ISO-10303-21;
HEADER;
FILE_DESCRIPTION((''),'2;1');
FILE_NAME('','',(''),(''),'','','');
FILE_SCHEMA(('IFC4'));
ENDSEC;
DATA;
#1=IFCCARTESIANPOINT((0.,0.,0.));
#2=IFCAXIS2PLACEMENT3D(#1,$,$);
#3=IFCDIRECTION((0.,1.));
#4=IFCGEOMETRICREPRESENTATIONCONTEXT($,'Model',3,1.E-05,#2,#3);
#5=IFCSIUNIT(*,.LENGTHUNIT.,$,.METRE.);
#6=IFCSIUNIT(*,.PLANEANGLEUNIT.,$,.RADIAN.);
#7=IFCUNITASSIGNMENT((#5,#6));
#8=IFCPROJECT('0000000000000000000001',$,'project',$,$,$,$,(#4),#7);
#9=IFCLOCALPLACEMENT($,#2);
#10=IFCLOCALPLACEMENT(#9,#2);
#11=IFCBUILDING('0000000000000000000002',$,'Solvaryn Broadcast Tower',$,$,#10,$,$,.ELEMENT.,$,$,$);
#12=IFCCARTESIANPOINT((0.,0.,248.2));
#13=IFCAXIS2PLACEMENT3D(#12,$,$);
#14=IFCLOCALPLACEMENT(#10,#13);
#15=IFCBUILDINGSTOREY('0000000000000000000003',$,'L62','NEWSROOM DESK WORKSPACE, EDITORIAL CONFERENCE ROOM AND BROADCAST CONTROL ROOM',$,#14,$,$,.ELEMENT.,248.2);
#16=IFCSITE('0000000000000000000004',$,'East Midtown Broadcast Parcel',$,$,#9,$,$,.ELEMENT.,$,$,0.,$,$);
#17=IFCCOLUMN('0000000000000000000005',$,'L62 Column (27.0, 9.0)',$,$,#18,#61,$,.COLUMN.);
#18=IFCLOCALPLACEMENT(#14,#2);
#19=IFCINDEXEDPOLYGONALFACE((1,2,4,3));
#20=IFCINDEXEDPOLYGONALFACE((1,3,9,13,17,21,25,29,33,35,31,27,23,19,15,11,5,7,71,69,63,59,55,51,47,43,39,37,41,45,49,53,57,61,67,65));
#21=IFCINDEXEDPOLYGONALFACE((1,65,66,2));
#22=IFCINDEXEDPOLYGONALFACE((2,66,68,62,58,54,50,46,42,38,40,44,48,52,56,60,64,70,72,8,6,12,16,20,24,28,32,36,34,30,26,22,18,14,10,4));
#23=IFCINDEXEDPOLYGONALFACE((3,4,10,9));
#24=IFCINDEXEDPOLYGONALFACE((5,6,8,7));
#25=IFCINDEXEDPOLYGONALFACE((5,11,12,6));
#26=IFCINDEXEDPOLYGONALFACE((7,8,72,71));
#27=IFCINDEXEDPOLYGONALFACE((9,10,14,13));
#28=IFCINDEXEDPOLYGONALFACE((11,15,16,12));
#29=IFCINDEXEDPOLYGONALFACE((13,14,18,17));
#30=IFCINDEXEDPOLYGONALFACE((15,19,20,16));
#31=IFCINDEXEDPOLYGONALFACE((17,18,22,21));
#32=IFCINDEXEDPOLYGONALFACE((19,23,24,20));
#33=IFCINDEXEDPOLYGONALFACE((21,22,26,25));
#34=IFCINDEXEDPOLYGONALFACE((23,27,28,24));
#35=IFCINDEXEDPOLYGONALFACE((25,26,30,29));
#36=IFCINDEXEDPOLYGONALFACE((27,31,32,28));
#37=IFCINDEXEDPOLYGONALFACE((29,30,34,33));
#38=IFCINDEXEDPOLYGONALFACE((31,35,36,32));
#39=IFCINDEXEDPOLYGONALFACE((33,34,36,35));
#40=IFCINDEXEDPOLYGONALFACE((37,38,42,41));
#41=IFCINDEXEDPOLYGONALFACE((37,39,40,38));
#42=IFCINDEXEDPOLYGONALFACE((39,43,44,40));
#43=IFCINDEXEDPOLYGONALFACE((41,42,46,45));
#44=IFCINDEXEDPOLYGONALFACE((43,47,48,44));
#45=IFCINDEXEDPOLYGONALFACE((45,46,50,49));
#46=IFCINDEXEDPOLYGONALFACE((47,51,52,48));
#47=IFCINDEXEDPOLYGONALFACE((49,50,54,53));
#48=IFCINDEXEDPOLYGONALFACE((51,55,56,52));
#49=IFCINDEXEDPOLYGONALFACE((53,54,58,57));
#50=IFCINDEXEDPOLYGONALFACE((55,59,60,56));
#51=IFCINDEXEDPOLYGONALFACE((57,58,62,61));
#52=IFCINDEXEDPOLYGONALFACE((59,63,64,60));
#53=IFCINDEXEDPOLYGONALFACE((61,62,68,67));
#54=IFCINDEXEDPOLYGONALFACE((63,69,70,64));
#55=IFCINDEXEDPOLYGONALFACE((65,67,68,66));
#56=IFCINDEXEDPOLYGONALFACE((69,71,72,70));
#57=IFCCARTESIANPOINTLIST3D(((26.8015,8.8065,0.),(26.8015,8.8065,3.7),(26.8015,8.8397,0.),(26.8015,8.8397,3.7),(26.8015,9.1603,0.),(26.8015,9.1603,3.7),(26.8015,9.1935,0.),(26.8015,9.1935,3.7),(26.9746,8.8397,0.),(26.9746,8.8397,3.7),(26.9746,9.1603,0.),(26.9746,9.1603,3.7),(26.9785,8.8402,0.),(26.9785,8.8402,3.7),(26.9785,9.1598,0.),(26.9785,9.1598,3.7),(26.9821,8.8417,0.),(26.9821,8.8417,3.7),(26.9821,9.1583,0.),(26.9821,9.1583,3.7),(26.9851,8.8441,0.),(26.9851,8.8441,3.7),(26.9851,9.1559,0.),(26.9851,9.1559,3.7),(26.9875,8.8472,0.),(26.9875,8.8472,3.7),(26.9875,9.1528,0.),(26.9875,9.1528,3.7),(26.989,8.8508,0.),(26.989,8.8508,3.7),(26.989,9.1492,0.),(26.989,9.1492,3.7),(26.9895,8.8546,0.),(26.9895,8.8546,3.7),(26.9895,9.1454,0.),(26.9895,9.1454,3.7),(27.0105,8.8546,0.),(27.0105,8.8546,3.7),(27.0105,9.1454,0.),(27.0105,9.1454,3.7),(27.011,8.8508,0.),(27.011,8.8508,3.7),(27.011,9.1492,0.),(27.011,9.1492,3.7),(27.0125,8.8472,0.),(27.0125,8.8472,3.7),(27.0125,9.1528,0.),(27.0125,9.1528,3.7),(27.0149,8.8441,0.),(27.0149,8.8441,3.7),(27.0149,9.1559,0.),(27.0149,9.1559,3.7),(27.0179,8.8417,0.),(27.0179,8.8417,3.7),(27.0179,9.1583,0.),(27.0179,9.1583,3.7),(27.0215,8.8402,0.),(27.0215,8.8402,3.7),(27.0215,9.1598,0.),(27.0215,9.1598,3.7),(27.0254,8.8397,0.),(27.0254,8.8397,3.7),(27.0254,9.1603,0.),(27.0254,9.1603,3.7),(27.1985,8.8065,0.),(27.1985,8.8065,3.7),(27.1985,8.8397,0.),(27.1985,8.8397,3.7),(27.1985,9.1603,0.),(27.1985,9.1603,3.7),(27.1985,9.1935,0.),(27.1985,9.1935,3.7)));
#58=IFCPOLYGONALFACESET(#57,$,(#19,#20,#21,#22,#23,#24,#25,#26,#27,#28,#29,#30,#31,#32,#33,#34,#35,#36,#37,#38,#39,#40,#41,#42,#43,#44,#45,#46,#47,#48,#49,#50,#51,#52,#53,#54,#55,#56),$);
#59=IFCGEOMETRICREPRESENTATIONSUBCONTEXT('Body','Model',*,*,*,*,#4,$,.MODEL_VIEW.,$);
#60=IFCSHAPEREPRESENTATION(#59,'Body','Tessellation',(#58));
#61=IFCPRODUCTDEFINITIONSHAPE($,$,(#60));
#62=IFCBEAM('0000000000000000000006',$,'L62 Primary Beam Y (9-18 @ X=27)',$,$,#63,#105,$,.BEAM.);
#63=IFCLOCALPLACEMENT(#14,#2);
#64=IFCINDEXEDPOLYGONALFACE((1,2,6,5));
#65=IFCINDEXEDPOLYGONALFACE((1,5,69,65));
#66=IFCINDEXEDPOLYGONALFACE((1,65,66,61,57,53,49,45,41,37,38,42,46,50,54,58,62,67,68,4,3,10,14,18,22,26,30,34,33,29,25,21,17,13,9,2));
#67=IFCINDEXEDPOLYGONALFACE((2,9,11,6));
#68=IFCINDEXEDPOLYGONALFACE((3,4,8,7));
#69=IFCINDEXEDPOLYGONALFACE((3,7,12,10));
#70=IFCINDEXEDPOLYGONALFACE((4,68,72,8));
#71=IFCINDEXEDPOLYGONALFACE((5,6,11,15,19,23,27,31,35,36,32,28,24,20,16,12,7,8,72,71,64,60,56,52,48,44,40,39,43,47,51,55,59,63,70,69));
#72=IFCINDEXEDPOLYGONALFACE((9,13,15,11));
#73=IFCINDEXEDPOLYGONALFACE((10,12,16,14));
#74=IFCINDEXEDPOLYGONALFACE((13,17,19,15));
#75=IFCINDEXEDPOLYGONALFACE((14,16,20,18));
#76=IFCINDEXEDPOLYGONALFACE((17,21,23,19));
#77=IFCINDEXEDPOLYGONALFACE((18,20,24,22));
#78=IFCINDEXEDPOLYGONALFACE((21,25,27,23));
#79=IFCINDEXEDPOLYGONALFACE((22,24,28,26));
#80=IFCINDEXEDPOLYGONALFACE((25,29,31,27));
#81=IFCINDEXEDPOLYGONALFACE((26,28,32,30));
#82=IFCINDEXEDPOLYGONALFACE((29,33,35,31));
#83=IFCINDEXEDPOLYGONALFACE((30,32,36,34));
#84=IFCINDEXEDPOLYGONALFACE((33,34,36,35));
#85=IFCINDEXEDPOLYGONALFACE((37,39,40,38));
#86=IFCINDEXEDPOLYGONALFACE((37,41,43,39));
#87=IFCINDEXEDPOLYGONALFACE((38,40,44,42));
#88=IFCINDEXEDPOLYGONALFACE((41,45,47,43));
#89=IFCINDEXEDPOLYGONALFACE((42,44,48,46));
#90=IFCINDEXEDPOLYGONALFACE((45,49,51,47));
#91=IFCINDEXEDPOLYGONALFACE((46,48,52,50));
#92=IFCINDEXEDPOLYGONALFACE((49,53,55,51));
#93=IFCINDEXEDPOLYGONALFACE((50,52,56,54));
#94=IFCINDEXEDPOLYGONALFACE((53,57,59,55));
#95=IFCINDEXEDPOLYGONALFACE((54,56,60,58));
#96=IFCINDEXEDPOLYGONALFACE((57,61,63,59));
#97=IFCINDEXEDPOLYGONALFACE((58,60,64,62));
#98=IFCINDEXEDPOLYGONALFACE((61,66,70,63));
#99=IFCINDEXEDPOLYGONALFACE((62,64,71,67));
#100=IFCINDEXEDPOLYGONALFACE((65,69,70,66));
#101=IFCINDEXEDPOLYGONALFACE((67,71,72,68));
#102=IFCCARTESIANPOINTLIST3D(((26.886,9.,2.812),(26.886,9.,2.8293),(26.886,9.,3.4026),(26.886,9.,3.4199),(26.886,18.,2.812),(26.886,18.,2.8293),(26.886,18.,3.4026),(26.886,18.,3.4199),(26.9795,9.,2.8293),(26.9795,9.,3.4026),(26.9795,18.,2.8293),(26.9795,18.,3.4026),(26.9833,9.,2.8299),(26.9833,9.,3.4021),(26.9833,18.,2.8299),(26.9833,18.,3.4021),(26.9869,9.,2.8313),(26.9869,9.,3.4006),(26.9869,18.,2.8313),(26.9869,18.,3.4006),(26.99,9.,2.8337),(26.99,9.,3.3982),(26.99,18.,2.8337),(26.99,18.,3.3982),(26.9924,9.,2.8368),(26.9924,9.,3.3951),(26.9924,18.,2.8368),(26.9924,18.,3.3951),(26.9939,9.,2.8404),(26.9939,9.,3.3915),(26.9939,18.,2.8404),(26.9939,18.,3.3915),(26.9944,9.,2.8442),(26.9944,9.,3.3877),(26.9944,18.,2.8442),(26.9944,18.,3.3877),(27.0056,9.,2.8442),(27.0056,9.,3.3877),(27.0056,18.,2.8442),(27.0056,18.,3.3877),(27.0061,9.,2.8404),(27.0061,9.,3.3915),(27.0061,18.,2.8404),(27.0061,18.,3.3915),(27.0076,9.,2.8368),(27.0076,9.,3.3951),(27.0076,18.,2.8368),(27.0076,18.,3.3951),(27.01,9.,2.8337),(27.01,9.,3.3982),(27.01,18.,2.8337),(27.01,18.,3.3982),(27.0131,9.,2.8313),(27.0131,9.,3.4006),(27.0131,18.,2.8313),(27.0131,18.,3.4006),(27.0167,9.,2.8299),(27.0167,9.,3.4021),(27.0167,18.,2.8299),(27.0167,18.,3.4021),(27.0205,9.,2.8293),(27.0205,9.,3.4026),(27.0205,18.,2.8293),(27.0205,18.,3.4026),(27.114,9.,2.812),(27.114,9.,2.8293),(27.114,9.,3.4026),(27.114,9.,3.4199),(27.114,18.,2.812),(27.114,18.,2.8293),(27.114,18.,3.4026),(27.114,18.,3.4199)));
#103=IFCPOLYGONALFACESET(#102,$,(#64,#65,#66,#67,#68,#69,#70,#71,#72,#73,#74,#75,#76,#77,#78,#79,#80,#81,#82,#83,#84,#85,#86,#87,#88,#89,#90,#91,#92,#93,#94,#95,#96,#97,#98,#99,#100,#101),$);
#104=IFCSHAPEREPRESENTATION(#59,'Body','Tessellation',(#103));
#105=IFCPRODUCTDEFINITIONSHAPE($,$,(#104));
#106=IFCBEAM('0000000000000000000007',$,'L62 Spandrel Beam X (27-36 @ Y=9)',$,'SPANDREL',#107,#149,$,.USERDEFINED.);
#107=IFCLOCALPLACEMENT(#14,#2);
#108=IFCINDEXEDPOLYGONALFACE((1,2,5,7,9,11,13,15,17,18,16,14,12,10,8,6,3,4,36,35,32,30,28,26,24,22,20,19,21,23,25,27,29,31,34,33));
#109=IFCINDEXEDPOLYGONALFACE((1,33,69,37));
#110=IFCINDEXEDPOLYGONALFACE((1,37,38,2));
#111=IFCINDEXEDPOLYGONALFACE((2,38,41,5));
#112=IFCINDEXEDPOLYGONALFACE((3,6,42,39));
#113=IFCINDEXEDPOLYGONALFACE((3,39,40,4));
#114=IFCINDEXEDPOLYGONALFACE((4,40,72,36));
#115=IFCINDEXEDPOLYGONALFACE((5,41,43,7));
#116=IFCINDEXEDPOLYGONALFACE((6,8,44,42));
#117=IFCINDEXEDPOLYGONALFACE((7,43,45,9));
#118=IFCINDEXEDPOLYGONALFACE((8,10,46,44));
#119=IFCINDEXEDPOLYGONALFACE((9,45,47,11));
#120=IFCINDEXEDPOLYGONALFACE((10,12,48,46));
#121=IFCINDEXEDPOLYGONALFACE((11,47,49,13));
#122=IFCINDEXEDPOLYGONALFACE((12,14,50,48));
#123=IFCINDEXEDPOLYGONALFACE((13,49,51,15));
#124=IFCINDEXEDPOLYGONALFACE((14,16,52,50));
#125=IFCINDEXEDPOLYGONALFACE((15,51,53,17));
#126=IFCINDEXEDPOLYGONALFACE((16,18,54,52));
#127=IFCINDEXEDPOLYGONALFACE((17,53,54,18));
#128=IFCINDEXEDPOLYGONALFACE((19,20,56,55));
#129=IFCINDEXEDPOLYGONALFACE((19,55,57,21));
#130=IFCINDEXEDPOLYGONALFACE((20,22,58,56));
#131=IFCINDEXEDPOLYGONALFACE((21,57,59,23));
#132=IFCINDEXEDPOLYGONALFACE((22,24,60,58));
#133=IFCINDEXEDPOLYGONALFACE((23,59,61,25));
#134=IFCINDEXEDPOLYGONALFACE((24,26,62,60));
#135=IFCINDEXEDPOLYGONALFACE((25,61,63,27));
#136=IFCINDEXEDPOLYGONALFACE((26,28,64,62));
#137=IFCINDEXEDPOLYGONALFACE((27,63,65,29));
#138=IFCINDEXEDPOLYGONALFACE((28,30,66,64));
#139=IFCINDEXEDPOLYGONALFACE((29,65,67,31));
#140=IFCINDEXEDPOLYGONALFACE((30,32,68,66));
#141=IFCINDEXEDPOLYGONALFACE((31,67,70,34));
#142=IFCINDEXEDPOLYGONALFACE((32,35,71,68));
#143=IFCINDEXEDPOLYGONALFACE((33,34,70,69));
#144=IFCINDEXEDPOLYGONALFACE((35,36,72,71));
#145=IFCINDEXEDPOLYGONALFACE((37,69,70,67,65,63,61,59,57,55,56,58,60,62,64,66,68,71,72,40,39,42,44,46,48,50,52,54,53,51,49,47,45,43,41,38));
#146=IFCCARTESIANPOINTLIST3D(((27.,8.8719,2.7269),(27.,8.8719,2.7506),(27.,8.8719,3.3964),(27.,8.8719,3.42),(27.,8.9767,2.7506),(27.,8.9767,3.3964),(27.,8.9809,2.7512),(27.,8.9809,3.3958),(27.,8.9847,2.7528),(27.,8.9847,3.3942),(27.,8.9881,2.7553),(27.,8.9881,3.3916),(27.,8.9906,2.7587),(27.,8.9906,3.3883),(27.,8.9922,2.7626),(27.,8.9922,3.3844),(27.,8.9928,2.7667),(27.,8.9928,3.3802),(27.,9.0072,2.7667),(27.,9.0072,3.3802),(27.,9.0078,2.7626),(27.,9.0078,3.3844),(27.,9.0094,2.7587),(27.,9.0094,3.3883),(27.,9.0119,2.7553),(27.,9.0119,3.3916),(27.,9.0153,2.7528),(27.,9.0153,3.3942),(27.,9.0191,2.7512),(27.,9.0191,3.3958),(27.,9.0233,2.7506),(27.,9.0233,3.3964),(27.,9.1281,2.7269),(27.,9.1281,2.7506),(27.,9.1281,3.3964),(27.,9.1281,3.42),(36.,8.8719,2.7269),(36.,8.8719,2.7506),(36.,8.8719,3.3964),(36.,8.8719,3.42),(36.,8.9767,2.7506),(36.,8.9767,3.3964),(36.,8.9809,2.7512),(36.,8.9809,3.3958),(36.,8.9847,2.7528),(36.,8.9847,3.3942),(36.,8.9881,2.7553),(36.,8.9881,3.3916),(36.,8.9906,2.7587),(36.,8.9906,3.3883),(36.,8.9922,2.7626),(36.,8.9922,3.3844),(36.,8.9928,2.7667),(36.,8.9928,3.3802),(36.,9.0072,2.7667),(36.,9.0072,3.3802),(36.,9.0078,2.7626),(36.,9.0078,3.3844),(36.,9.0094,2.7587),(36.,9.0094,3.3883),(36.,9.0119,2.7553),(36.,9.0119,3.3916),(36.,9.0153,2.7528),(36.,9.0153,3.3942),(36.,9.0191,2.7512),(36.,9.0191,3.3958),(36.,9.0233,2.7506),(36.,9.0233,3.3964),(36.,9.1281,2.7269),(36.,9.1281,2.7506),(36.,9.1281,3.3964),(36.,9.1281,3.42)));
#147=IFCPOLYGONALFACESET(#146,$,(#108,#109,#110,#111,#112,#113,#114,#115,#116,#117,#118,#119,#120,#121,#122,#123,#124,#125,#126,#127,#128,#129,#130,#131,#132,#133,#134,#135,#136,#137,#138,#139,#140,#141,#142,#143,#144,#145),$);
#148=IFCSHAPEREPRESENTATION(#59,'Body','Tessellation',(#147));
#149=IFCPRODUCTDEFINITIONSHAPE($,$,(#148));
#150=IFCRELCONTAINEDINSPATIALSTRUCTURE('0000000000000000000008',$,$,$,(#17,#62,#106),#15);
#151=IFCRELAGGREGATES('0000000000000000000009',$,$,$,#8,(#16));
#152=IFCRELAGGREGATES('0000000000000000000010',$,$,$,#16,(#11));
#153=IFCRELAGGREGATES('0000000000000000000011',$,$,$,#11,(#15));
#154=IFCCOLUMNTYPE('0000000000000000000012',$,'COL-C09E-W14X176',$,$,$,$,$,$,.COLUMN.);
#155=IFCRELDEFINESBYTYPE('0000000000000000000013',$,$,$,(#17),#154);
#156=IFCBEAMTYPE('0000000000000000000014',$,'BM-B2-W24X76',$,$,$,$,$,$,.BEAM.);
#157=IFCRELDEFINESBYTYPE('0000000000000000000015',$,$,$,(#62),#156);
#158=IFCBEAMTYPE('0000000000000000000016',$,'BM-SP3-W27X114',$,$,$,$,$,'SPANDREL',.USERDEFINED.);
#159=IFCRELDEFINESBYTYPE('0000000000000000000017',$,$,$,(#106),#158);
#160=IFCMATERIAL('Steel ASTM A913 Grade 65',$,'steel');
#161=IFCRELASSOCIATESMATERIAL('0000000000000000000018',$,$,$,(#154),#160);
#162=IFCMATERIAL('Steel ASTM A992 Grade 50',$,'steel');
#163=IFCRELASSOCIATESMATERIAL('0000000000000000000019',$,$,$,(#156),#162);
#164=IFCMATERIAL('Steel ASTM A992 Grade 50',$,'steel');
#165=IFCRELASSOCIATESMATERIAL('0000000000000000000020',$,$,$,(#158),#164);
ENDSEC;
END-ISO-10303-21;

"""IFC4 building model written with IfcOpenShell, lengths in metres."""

from ifc_helpers import new_model, si_unit, direction, frame, origin, origin_2d, place, context, subcontext, project, spatial, i_section, extrude, material, material_profile, profile_set, type_object, element, save


model = new_model("IFC4")

# Units and contexts
model_context = context("Model", 3, precision=1e-05, world=origin(), true_north=direction((0.0, 1.0)))
body_context = subcontext(model_context, "Body", "Model", "MODEL_VIEW")
ifc_project = project(units=[si_unit("LENGTHUNIT", "METRE"), si_unit("PLANEANGLEUNIT", "RADIAN")], contexts=[model_context])

# Site, building, storey
site_placement = place(None, origin())
site = spatial("IfcSite", under=ifc_project, at=site_placement, Name="East Midtown Broadcast Parcel", CompositionType="ELEMENT", RefElevation=0.0)
building_placement = place(site_placement, origin())
building = spatial("IfcBuilding", under=site, at=building_placement, Name="Solvaryn Broadcast Tower", CompositionType="ELEMENT")
storey_placement = place(building_placement, frame((0.0, 0.0, 248.2)))
storey = spatial("IfcBuildingStorey", under=building, at=storey_placement, Name="L62", Description="NEWSROOM DESK WORKSPACE, EDITORIAL CONFERENCE ROOM AND BROADCAST CONTROL ROOM", CompositionType="ELEMENT", Elevation=248.2)

# Column
ifc_material_1 = material(Name="Steel ASTM A913 Grade 65", Category="steel")
ifc_material_profile_1 = material_profile(ifc_material_1, i_section(OverallWidth=0.397, OverallDepth=0.387, WebThickness=0.021, FlangeThickness=0.0332, FilletRadius=0.0149, at=origin_2d()))
ifc_profile_set_1 = profile_set([ifc_material_profile_1], Name="Steel ASTM A913 Grade 65")
column_type = type_object("IfcColumnType", Name="COL-C09E-W14X176", PredefinedType="COLUMN", material=ifc_profile_set_1)
column_placement = place(storey_placement, frame((27.0, 9.0, 0.0), z_axis=(0.0, 0.0, 1.0), x_axis=(1.0, 0.0, 0.0)))
element("IfcColumn", 1, at=column_placement, inside=storey, type_object=column_type, Name="L62 Column (27.0, 9.0)", PredefinedType="COLUMN", context=body_context, shape_type="SweptSolid", body=[
    extrude(i_section(OverallWidth=0.397, OverallDepth=0.387, WebThickness=0.021, FlangeThickness=0.0332, FilletRadius=0.0149, at=origin_2d()), origin(), (0.0, 0.0, 1.0), 3.7),
])

# Beams
ifc_material_2 = material(Name="Steel ASTM A992 Grade 50", Category="steel")
ifc_material_profile_2 = material_profile(ifc_material_2, i_section(OverallWidth=0.228, OverallDepth=0.6079, WebThickness=0.0112, FlangeThickness=0.0173, FilletRadius=0.0149, at=origin_2d()))
ifc_profile_set_2 = profile_set([ifc_material_profile_2], Name="Steel ASTM A992 Grade 50")
beam_type_1 = type_object("IfcBeamType", Name="BM-B2-W24X76", PredefinedType="BEAM", material=ifc_profile_set_2)
beam_1_placement = place(storey_placement, frame((27.0, 9.0, 3.116), z_axis=(0.0, 1.0, 0.0), x_axis=(-1.0, 0.0, 0.0)))
element("IfcBeam", 2, at=beam_1_placement, inside=storey, type_object=beam_type_1, Name="L62 Primary Beam Y (9-18 @ X=27)", PredefinedType="BEAM", context=body_context, shape_type="SweptSolid", body=[
    extrude(i_section(OverallWidth=0.228, OverallDepth=0.6079, WebThickness=0.0112, FlangeThickness=0.0173, FilletRadius=0.0149, at=origin_2d()), origin(), (0.0, 0.0, 1.0), 9.0),
])
ifc_material_3 = material(Name="Steel ASTM A992 Grade 50", Category="steel")
ifc_material_profile_3 = material_profile(ifc_material_3, i_section(OverallWidth=0.2561, OverallDepth=0.6931, WebThickness=0.0144, FlangeThickness=0.0237, FilletRadius=0.0161, at=origin_2d()))
ifc_profile_set_3 = profile_set([ifc_material_profile_3], Name="Steel ASTM A992 Grade 50")
beam_type_2 = type_object("IfcBeamType", Name="BM-SP3-W27X114", ElementType="SPANDREL", PredefinedType="USERDEFINED", material=ifc_profile_set_3)
beam_2_placement = place(storey_placement, frame((27.0, 9.0, 3.0735), z_axis=(1.0, 0.0, 0.0), x_axis=(0.0, 1.0, 0.0)))
element("IfcBeam", 3, at=beam_2_placement, inside=storey, type_object=beam_type_2, Name="L62 Spandrel Beam X (27-36 @ Y=9)", ObjectType="SPANDREL", PredefinedType="USERDEFINED", context=body_context, shape_type="SweptSolid", body=[
    extrude(i_section(OverallWidth=0.2561, OverallDepth=0.6931, WebThickness=0.0144, FlangeThickness=0.0237, FilletRadius=0.0161, at=origin_2d()), origin(), (0.0, 0.0, 1.0), 9.0),
])

save(model, "model.ifc")
